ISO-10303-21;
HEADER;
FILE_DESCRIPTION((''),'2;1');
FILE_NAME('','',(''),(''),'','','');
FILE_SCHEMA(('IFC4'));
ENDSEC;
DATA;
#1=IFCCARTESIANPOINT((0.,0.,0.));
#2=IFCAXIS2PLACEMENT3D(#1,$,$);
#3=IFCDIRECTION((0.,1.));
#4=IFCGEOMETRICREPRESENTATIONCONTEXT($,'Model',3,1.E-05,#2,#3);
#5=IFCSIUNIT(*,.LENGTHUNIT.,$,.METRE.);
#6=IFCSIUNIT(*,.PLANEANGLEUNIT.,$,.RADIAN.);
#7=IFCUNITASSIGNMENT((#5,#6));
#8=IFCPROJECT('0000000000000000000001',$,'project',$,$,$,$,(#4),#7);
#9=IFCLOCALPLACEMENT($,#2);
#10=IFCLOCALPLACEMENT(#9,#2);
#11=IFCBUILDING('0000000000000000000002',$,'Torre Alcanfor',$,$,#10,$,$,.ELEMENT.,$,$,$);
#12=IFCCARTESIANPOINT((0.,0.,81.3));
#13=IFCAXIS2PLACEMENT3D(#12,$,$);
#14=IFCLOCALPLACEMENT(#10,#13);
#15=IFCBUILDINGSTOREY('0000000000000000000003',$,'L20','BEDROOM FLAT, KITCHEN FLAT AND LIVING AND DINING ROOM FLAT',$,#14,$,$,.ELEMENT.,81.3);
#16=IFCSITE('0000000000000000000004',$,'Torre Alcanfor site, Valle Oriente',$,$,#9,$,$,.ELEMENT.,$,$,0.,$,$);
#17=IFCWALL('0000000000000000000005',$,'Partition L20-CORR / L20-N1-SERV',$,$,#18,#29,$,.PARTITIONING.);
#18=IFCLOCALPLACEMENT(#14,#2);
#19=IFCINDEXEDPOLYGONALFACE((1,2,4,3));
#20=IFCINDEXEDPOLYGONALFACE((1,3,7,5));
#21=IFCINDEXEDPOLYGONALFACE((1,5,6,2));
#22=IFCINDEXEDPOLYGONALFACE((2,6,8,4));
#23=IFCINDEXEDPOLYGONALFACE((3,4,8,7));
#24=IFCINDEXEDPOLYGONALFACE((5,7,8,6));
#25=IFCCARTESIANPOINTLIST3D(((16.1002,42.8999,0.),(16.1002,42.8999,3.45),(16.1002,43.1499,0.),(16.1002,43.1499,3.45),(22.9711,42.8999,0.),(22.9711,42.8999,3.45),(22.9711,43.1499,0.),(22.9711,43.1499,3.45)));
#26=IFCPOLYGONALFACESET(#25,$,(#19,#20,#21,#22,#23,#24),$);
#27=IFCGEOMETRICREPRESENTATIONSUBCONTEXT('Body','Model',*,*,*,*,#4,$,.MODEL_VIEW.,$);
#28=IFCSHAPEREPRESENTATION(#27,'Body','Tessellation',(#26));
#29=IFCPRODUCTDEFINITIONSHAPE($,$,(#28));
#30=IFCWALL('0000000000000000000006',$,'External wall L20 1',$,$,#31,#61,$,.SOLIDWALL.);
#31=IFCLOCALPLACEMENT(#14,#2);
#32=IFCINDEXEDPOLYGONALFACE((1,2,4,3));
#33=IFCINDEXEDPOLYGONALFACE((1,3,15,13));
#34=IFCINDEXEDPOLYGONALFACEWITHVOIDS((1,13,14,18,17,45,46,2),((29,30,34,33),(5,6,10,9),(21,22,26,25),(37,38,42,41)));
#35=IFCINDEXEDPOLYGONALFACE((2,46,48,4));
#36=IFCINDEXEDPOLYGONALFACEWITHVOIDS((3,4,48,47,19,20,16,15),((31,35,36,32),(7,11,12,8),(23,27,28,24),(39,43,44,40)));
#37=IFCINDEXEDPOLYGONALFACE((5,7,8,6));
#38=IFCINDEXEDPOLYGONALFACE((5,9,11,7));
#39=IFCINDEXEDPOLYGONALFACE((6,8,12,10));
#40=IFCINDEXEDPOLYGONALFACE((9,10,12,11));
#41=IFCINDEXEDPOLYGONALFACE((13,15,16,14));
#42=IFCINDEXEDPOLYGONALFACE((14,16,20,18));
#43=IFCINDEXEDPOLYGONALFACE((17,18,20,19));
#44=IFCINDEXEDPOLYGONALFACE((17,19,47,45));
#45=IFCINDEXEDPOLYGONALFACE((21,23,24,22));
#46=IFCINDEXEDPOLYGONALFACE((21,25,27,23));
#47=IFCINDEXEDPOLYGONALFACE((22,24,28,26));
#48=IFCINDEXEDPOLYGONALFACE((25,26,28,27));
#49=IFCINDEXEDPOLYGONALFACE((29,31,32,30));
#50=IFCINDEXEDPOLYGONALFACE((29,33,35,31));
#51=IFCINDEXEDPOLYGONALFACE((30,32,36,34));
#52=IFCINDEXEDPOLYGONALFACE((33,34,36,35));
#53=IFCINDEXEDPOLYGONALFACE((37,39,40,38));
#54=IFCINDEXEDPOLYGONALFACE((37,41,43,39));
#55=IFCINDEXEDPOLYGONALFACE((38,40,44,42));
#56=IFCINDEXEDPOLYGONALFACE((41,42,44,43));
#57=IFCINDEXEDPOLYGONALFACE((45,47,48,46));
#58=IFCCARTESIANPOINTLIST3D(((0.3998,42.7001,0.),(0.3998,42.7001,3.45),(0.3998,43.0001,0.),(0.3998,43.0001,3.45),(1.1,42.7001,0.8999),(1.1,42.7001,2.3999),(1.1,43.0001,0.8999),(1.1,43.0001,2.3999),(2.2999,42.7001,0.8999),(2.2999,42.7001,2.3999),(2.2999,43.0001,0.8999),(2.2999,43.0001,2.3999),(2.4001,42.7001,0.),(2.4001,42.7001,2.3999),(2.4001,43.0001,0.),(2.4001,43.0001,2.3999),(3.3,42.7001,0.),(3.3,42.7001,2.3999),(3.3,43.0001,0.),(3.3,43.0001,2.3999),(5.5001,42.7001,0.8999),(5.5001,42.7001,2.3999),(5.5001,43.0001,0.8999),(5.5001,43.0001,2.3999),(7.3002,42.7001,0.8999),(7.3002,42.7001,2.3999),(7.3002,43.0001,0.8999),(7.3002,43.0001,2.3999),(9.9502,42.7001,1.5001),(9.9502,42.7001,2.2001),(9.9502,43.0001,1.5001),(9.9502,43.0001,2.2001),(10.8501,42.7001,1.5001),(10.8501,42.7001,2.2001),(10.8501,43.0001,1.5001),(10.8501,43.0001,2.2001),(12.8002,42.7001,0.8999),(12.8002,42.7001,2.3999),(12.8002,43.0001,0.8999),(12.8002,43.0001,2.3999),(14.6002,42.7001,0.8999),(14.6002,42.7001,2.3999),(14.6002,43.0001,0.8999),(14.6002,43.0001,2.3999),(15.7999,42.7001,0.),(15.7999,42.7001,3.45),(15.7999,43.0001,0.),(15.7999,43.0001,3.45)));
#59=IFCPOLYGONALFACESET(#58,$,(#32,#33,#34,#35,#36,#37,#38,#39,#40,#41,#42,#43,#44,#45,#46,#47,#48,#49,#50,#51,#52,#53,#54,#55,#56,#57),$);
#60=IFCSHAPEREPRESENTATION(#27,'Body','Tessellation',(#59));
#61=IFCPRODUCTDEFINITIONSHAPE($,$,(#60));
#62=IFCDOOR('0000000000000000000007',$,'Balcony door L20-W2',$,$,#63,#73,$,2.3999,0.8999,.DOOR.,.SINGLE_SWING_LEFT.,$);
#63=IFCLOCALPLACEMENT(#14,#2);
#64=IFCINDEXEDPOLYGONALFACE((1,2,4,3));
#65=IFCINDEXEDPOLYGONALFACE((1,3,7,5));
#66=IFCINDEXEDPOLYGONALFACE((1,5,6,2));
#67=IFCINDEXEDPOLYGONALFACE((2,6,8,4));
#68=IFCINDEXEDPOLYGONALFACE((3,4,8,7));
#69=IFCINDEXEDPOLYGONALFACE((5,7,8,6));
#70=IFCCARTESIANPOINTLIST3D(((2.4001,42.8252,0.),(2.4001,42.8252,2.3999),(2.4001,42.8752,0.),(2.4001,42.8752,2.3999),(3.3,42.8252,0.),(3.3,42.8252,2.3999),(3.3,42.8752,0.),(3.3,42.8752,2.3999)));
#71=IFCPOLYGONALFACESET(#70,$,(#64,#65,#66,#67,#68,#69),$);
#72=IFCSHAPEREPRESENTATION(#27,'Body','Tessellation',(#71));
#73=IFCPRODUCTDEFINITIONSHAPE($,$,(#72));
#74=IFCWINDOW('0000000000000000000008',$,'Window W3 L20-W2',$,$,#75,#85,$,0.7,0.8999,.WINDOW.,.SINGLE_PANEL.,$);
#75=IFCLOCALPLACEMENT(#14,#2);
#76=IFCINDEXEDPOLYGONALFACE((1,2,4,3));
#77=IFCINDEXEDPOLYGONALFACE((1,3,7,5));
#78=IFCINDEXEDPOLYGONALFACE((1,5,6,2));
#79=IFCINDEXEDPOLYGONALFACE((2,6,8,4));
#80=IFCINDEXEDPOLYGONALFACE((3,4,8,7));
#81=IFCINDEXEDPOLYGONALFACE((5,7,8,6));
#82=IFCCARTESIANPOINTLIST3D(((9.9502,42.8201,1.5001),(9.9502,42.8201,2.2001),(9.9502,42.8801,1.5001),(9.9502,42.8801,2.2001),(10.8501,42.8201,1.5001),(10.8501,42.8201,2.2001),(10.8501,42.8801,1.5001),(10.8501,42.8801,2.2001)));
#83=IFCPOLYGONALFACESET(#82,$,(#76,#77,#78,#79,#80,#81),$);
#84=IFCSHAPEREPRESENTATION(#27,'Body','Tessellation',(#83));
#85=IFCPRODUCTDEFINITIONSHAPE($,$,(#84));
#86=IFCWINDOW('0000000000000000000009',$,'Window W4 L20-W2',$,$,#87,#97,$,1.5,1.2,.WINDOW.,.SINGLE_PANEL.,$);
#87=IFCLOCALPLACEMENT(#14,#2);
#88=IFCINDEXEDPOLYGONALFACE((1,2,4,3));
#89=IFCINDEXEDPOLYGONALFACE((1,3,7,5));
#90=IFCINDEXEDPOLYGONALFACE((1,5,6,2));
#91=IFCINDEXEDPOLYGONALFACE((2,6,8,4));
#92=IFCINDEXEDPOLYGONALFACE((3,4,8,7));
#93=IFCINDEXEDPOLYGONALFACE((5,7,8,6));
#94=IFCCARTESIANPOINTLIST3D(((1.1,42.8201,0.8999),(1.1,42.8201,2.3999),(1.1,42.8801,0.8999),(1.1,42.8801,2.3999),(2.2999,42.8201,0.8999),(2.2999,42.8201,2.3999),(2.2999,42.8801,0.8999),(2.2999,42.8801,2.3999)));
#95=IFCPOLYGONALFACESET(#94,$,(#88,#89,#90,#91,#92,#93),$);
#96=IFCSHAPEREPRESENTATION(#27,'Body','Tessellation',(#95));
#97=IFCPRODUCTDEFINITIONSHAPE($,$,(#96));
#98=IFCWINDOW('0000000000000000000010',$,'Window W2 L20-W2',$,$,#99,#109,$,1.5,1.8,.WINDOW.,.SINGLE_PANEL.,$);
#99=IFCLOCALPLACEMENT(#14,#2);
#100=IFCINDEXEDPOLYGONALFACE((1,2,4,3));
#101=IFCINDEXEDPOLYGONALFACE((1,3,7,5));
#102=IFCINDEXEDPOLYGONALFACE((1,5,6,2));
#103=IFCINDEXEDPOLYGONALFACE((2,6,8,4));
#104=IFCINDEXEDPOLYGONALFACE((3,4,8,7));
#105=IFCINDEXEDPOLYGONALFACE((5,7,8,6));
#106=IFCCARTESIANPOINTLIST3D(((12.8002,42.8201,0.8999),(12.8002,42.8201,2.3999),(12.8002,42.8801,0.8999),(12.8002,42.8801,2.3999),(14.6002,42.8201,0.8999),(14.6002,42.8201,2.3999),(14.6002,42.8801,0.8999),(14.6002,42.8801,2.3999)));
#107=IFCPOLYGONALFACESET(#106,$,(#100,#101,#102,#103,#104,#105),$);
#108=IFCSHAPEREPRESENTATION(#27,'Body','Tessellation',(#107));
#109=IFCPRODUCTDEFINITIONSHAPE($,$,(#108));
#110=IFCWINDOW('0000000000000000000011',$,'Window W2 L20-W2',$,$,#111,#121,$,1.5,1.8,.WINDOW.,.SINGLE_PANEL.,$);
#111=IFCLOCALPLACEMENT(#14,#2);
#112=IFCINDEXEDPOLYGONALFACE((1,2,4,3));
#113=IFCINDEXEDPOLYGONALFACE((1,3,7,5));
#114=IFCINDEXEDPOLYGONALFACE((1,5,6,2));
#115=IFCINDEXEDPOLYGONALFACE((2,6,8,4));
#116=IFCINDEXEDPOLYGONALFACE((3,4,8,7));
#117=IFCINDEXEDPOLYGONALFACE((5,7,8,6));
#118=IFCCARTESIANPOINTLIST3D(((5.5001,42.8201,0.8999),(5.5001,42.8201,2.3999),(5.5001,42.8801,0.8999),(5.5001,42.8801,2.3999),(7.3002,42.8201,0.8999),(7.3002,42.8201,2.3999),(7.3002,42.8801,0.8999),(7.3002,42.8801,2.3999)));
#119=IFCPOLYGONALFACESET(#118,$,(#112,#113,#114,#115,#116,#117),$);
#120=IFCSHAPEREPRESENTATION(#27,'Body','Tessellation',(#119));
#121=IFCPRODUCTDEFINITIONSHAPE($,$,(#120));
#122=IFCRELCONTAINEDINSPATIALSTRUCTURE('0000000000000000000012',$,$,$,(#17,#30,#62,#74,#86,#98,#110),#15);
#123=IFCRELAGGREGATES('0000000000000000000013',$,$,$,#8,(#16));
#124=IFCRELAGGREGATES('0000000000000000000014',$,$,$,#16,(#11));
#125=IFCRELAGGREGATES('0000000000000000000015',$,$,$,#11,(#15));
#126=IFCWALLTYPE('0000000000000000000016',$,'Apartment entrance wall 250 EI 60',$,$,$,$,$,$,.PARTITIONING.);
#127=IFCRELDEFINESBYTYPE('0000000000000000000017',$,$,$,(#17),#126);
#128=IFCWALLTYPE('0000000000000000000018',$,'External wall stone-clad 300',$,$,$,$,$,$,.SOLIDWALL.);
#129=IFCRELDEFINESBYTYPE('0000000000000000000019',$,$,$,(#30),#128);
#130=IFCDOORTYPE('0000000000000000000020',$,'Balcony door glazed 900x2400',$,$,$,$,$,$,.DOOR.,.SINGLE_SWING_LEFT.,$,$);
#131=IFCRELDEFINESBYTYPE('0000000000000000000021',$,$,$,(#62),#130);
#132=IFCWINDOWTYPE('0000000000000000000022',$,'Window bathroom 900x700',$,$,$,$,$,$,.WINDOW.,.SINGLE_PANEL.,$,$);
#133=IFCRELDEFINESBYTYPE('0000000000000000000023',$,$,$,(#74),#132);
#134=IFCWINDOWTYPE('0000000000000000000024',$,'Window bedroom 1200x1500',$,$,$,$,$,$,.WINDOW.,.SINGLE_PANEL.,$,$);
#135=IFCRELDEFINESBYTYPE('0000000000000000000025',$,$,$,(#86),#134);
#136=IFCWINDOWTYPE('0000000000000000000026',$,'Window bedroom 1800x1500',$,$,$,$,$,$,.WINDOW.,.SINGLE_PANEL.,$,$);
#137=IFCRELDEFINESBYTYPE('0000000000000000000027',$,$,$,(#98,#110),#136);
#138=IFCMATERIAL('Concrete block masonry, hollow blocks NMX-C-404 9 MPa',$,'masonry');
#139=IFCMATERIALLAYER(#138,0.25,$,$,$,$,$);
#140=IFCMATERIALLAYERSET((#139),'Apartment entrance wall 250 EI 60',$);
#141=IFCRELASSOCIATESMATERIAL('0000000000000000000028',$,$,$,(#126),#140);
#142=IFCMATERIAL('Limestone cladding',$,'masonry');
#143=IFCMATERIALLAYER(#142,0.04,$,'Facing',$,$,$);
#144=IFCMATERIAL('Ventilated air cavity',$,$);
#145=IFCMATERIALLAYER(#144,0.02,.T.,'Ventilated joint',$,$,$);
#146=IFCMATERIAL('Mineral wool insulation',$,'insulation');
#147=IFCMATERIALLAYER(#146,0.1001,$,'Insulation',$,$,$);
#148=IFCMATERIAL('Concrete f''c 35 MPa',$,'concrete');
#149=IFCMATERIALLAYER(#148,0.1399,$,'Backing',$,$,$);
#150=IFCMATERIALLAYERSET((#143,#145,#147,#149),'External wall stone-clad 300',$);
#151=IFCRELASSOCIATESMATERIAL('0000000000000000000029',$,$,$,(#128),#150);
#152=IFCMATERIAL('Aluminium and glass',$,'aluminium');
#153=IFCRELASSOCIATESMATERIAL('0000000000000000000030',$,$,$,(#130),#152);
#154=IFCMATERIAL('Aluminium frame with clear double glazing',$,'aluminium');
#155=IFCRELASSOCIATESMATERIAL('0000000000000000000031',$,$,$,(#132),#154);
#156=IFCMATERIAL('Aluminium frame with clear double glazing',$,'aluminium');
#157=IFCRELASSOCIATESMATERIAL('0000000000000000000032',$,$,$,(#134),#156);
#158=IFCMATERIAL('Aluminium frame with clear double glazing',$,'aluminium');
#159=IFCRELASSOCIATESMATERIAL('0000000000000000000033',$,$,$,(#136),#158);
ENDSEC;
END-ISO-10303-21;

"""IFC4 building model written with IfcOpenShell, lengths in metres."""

from ifc_helpers import new_model, si_unit, direction, frame, frame_2d, origin, place, context, subcontext, project, spatial, rectangle, extrude, material, layer, layer_set, type_object, element, fill, save


model = new_model("IFC4")

# Units and contexts
model_context = context("Model", 3, precision=1e-05, world=origin(), true_north=direction((0.0, 1.0)))
body_context = subcontext(model_context, "Body", "Model", "MODEL_VIEW")
ifc_project = project(units=[si_unit("LENGTHUNIT", "METRE"), si_unit("PLANEANGLEUNIT", "RADIAN")], contexts=[model_context])

# Site, building, storey
site_placement = place(None, origin())
site = spatial("IfcSite", under=ifc_project, at=site_placement, Name="Torre Alcanfor site, Valle Oriente", CompositionType="ELEMENT", RefElevation=0.0)
building_placement = place(site_placement, origin())
building = spatial("IfcBuilding", under=site, at=building_placement, Name="Torre Alcanfor", CompositionType="ELEMENT")
storey_placement = place(building_placement, frame((0.0, 0.0, 81.3)))
storey = spatial("IfcBuildingStorey", under=building, at=storey_placement, Name="L20", Description="BEDROOM FLAT, KITCHEN FLAT AND LIVING AND DINING ROOM FLAT", CompositionType="ELEMENT", Elevation=81.3)

# Wall
ifc_material_1 = material(Name="Concrete block masonry, hollow blocks NMX-C-404 9 MPa", Category="masonry")
ifc_layer_1 = layer(ifc_material_1, 0.25)
ifc_layer_set_1 = layer_set([ifc_layer_1], Name="Apartment entrance wall 250 EI 60")
wall_type_1 = type_object("IfcWallType", Name="Apartment entrance wall 250 EI 60", PredefinedType="PARTITIONING", material=ifc_layer_set_1)
wall_1_placement = place(storey_placement, frame((16.1001, 43.0249, 0.0), z_axis=(0.0, 0.0, 1.0), x_axis=(1.0, 0.0, 0.0)))
element("IfcWall", 1, at=wall_1_placement, inside=storey, type_object=wall_type_1, Name="Partition L20-CORR / L20-N1-SERV", PredefinedType="PARTITIONING", context=body_context, shape_type="SweptSolid", body=[
    extrude(rectangle(XDim=6.8708, YDim=0.25, at=frame_2d((3.4355, 0.0))), origin(), (0.0, 0.0, 1.0), 3.45),
])

# Wall, openings, door, windows
ifc_material_2 = material(Name="Limestone cladding", Category="masonry")
ifc_layer_2 = layer(ifc_material_2, 0.04, Name="Facing")
ifc_material_3 = material(Name="Ventilated air cavity")
ifc_layer_3 = layer(ifc_material_3, 0.02, ventilated=True, Name="Ventilated joint")
ifc_material_4 = material(Name="Mineral wool insulation", Category="insulation")
ifc_layer_4 = layer(ifc_material_4, 0.1001, Name="Insulation")
ifc_material_5 = material(Name="Concrete f'c 35 MPa", Category="concrete")
ifc_layer_5 = layer(ifc_material_5, 0.1399, Name="Backing")
ifc_layer_set_2 = layer_set([ifc_layer_2, ifc_layer_3, ifc_layer_4, ifc_layer_5], Name="External wall stone-clad 300")
wall_type_2 = type_object("IfcWallType", Name="External wall stone-clad 300", PredefinedType="SOLIDWALL", material=ifc_layer_set_2)
wall_2_placement = place(storey_placement, frame((15.8, 42.8501, 0.0), z_axis=(0.0, 0.0, 1.0), x_axis=(-1.0, 0.0, 0.0)))
wall_2 = element("IfcWall", 2, at=wall_2_placement, inside=storey, type_object=wall_type_2, Name="External wall L20 1", PredefinedType="SOLIDWALL", context=body_context, shape_type="SweptSolid", body=[
    extrude(rectangle(XDim=15.4001, YDim=0.3, at=frame_2d((7.7002, 0.0))), origin(), (0.0, 0.0, 1.0), 3.45),
])
opening_1_placement = place(wall_2_placement, frame((1.2, 0.0, 0.8999)))
opening_1 = element("IfcOpeningElement", 3, at=opening_1_placement, cuts=wall_2, PredefinedType="OPENING", context=body_context, shape_type="SweptSolid", body=[
    extrude(rectangle(XDim=1.8, YDim=1.5, at=frame_2d((0.8999, 0.75))), frame((0.0, 0.1599, 0.0), z_axis=(0.0, -1.0, 0.0), x_axis=(1.0, 0.0, 0.0)), (0.0, 0.0, 1.0), 0.3201),
])
opening_2_placement = place(wall_2_placement, frame((4.95, 0.0, 1.5)))
opening_2 = element("IfcOpeningElement", 4, at=opening_2_placement, cuts=wall_2, PredefinedType="OPENING", context=body_context, shape_type="SweptSolid", body=[
    extrude(rectangle(XDim=0.8999, YDim=0.7, at=frame_2d((0.45, 0.3501))), frame((0.0, 0.1599, 0.0), z_axis=(0.0, -1.0, 0.0), x_axis=(1.0, 0.0, 0.0)), (0.0, 0.0, 1.0), 0.3201),
])
opening_3_placement = place(wall_2_placement, frame((8.5, 0.0, 0.8999)))
opening_3 = element("IfcOpeningElement", 5, at=opening_3_placement, cuts=wall_2, PredefinedType="OPENING", context=body_context, shape_type="SweptSolid", body=[
    extrude(rectangle(XDim=1.8, YDim=1.5, at=frame_2d((0.8999, 0.75))), frame((0.0, 0.1599, 0.0), z_axis=(0.0, -1.0, 0.0), x_axis=(1.0, 0.0, 0.0)), (0.0, 0.0, 1.0), 0.3201),
])
opening_4_placement = place(wall_2_placement, frame((12.5, 0.0, 0.0)))
opening_4 = element("IfcOpeningElement", 6, at=opening_4_placement, cuts=wall_2, PredefinedType="OPENING", context=body_context, shape_type="SweptSolid", body=[
    extrude(rectangle(XDim=0.8999, YDim=2.3999, at=frame_2d((0.45, 1.2))), frame((0.0, 0.1599, 0.0), z_axis=(0.0, -1.0, 0.0), x_axis=(1.0, 0.0, 0.0)), (0.0, 0.0, 1.0), 0.3201),
])
opening_5_placement = place(wall_2_placement, frame((13.5, 0.0, 0.8999)))
opening_5 = element("IfcOpeningElement", 7, at=opening_5_placement, cuts=wall_2, PredefinedType="OPENING", context=body_context, shape_type="SweptSolid", body=[
    extrude(rectangle(XDim=1.2, YDim=1.5, at=frame_2d((0.6001, 0.75))), frame((0.0, 0.1599, 0.0), z_axis=(0.0, -1.0, 0.0), x_axis=(1.0, 0.0, 0.0)), (0.0, 0.0, 1.0), 0.3201),
])
ifc_material_6 = material(Name="Aluminium and glass", Category="aluminium")
door_type = type_object("IfcDoorType", Name="Balcony door glazed 900x2400", OperationType="SINGLE_SWING_LEFT", PredefinedType="DOOR", material=ifc_material_6)
door_1_placement = place(opening_4_placement, origin())
door_1 = element("IfcDoor", 8, at=door_1_placement, inside=storey, type_object=door_type, Name="Balcony door L20-W2", OperationType="SINGLE_SWING_LEFT", OverallHeight=2.3999, OverallWidth=0.8999, PredefinedType="DOOR", context=body_context, shape_type="SweptSolid", body=[
    extrude(rectangle(XDim=0.8999, YDim=2.3999, at=frame_2d((0.45, 1.2))), frame((0.0, 0.0249, 0.0), z_axis=(0.0, -1.0, 0.0), x_axis=(1.0, 0.0, 0.0)), (0.0, 0.0, 1.0), 0.05),
])
fill(opening_4, door_1)
ifc_material_7 = material(Name="Aluminium frame with clear double glazing", Category="aluminium")
window_type_1 = type_object("IfcWindowType", Name="Window bathroom 900x700", PartitioningType="SINGLE_PANEL", PredefinedType="WINDOW", material=ifc_material_7)
window_1_placement = place(opening_2_placement, origin())
window_1 = element("IfcWindow", 9, at=window_1_placement, inside=storey, type_object=window_type_1, Name="Window W3 L20-W2", OverallHeight=0.7, OverallWidth=0.8999, PartitioningType="SINGLE_PANEL", PredefinedType="WINDOW", context=body_context, shape_type="SweptSolid", body=[
    extrude(rectangle(XDim=0.8999, YDim=0.7, at=frame_2d((0.45, 0.3501))), frame((0.0, 0.03, 0.0), z_axis=(0.0, -1.0, 0.0), x_axis=(1.0, 0.0, 0.0)), (0.0, 0.0, 1.0), 0.0601),
])
fill(opening_2, window_1)
ifc_material_8 = material(Name="Aluminium frame with clear double glazing", Category="aluminium")
window_type_2 = type_object("IfcWindowType", Name="Window bedroom 1200x1500", PartitioningType="SINGLE_PANEL", PredefinedType="WINDOW", material=ifc_material_8)
window_2_placement = place(opening_5_placement, origin())
window_2 = element("IfcWindow", 10, at=window_2_placement, inside=storey, type_object=window_type_2, Name="Window W4 L20-W2", OverallHeight=1.5, OverallWidth=1.2, PartitioningType="SINGLE_PANEL", PredefinedType="WINDOW", context=body_context, shape_type="SweptSolid", body=[
    extrude(rectangle(XDim=1.2, YDim=1.5, at=frame_2d((0.6001, 0.75))), frame((0.0, 0.03, 0.0), z_axis=(0.0, -1.0, 0.0), x_axis=(1.0, 0.0, 0.0)), (0.0, 0.0, 1.0), 0.0601),
])
fill(opening_5, window_2)
ifc_material_9 = material(Name="Aluminium frame with clear double glazing", Category="aluminium")
window_type_3 = type_object("IfcWindowType", Name="Window bedroom 1800x1500", PartitioningType="SINGLE_PANEL", PredefinedType="WINDOW", material=ifc_material_9)
window_3_placement = place(opening_1_placement, origin())
window_3 = element("IfcWindow", 11, at=window_3_placement, inside=storey, type_object=window_type_3, Name="Window W2 L20-W2", OverallHeight=1.5, OverallWidth=1.8, PartitioningType="SINGLE_PANEL", PredefinedType="WINDOW", context=body_context, shape_type="SweptSolid", body=[
    extrude(rectangle(XDim=1.8, YDim=1.5, at=frame_2d((0.8999, 0.75))), frame((0.0, 0.03, 0.0), z_axis=(0.0, -1.0, 0.0), x_axis=(1.0, 0.0, 0.0)), (0.0, 0.0, 1.0), 0.0601),
])
fill(opening_1, window_3)
window_4_placement = place(opening_3_placement, origin())
window_4 = element("IfcWindow", 12, at=window_4_placement, inside=storey, type_object=window_type_3, Name="Window W2 L20-W2", OverallHeight=1.5, OverallWidth=1.8, PartitioningType="SINGLE_PANEL", PredefinedType="WINDOW", context=body_context, shape_type="SweptSolid", body=[
    extrude(rectangle(XDim=1.8, YDim=1.5, at=frame_2d((0.8999, 0.75))), frame((0.0, 0.03, 0.0), z_axis=(0.0, -1.0, 0.0), x_axis=(1.0, 0.0, 0.0)), (0.0, 0.0, 1.0), 0.0601),
])
fill(opening_3, window_4)

save(model, "model.ifc")
